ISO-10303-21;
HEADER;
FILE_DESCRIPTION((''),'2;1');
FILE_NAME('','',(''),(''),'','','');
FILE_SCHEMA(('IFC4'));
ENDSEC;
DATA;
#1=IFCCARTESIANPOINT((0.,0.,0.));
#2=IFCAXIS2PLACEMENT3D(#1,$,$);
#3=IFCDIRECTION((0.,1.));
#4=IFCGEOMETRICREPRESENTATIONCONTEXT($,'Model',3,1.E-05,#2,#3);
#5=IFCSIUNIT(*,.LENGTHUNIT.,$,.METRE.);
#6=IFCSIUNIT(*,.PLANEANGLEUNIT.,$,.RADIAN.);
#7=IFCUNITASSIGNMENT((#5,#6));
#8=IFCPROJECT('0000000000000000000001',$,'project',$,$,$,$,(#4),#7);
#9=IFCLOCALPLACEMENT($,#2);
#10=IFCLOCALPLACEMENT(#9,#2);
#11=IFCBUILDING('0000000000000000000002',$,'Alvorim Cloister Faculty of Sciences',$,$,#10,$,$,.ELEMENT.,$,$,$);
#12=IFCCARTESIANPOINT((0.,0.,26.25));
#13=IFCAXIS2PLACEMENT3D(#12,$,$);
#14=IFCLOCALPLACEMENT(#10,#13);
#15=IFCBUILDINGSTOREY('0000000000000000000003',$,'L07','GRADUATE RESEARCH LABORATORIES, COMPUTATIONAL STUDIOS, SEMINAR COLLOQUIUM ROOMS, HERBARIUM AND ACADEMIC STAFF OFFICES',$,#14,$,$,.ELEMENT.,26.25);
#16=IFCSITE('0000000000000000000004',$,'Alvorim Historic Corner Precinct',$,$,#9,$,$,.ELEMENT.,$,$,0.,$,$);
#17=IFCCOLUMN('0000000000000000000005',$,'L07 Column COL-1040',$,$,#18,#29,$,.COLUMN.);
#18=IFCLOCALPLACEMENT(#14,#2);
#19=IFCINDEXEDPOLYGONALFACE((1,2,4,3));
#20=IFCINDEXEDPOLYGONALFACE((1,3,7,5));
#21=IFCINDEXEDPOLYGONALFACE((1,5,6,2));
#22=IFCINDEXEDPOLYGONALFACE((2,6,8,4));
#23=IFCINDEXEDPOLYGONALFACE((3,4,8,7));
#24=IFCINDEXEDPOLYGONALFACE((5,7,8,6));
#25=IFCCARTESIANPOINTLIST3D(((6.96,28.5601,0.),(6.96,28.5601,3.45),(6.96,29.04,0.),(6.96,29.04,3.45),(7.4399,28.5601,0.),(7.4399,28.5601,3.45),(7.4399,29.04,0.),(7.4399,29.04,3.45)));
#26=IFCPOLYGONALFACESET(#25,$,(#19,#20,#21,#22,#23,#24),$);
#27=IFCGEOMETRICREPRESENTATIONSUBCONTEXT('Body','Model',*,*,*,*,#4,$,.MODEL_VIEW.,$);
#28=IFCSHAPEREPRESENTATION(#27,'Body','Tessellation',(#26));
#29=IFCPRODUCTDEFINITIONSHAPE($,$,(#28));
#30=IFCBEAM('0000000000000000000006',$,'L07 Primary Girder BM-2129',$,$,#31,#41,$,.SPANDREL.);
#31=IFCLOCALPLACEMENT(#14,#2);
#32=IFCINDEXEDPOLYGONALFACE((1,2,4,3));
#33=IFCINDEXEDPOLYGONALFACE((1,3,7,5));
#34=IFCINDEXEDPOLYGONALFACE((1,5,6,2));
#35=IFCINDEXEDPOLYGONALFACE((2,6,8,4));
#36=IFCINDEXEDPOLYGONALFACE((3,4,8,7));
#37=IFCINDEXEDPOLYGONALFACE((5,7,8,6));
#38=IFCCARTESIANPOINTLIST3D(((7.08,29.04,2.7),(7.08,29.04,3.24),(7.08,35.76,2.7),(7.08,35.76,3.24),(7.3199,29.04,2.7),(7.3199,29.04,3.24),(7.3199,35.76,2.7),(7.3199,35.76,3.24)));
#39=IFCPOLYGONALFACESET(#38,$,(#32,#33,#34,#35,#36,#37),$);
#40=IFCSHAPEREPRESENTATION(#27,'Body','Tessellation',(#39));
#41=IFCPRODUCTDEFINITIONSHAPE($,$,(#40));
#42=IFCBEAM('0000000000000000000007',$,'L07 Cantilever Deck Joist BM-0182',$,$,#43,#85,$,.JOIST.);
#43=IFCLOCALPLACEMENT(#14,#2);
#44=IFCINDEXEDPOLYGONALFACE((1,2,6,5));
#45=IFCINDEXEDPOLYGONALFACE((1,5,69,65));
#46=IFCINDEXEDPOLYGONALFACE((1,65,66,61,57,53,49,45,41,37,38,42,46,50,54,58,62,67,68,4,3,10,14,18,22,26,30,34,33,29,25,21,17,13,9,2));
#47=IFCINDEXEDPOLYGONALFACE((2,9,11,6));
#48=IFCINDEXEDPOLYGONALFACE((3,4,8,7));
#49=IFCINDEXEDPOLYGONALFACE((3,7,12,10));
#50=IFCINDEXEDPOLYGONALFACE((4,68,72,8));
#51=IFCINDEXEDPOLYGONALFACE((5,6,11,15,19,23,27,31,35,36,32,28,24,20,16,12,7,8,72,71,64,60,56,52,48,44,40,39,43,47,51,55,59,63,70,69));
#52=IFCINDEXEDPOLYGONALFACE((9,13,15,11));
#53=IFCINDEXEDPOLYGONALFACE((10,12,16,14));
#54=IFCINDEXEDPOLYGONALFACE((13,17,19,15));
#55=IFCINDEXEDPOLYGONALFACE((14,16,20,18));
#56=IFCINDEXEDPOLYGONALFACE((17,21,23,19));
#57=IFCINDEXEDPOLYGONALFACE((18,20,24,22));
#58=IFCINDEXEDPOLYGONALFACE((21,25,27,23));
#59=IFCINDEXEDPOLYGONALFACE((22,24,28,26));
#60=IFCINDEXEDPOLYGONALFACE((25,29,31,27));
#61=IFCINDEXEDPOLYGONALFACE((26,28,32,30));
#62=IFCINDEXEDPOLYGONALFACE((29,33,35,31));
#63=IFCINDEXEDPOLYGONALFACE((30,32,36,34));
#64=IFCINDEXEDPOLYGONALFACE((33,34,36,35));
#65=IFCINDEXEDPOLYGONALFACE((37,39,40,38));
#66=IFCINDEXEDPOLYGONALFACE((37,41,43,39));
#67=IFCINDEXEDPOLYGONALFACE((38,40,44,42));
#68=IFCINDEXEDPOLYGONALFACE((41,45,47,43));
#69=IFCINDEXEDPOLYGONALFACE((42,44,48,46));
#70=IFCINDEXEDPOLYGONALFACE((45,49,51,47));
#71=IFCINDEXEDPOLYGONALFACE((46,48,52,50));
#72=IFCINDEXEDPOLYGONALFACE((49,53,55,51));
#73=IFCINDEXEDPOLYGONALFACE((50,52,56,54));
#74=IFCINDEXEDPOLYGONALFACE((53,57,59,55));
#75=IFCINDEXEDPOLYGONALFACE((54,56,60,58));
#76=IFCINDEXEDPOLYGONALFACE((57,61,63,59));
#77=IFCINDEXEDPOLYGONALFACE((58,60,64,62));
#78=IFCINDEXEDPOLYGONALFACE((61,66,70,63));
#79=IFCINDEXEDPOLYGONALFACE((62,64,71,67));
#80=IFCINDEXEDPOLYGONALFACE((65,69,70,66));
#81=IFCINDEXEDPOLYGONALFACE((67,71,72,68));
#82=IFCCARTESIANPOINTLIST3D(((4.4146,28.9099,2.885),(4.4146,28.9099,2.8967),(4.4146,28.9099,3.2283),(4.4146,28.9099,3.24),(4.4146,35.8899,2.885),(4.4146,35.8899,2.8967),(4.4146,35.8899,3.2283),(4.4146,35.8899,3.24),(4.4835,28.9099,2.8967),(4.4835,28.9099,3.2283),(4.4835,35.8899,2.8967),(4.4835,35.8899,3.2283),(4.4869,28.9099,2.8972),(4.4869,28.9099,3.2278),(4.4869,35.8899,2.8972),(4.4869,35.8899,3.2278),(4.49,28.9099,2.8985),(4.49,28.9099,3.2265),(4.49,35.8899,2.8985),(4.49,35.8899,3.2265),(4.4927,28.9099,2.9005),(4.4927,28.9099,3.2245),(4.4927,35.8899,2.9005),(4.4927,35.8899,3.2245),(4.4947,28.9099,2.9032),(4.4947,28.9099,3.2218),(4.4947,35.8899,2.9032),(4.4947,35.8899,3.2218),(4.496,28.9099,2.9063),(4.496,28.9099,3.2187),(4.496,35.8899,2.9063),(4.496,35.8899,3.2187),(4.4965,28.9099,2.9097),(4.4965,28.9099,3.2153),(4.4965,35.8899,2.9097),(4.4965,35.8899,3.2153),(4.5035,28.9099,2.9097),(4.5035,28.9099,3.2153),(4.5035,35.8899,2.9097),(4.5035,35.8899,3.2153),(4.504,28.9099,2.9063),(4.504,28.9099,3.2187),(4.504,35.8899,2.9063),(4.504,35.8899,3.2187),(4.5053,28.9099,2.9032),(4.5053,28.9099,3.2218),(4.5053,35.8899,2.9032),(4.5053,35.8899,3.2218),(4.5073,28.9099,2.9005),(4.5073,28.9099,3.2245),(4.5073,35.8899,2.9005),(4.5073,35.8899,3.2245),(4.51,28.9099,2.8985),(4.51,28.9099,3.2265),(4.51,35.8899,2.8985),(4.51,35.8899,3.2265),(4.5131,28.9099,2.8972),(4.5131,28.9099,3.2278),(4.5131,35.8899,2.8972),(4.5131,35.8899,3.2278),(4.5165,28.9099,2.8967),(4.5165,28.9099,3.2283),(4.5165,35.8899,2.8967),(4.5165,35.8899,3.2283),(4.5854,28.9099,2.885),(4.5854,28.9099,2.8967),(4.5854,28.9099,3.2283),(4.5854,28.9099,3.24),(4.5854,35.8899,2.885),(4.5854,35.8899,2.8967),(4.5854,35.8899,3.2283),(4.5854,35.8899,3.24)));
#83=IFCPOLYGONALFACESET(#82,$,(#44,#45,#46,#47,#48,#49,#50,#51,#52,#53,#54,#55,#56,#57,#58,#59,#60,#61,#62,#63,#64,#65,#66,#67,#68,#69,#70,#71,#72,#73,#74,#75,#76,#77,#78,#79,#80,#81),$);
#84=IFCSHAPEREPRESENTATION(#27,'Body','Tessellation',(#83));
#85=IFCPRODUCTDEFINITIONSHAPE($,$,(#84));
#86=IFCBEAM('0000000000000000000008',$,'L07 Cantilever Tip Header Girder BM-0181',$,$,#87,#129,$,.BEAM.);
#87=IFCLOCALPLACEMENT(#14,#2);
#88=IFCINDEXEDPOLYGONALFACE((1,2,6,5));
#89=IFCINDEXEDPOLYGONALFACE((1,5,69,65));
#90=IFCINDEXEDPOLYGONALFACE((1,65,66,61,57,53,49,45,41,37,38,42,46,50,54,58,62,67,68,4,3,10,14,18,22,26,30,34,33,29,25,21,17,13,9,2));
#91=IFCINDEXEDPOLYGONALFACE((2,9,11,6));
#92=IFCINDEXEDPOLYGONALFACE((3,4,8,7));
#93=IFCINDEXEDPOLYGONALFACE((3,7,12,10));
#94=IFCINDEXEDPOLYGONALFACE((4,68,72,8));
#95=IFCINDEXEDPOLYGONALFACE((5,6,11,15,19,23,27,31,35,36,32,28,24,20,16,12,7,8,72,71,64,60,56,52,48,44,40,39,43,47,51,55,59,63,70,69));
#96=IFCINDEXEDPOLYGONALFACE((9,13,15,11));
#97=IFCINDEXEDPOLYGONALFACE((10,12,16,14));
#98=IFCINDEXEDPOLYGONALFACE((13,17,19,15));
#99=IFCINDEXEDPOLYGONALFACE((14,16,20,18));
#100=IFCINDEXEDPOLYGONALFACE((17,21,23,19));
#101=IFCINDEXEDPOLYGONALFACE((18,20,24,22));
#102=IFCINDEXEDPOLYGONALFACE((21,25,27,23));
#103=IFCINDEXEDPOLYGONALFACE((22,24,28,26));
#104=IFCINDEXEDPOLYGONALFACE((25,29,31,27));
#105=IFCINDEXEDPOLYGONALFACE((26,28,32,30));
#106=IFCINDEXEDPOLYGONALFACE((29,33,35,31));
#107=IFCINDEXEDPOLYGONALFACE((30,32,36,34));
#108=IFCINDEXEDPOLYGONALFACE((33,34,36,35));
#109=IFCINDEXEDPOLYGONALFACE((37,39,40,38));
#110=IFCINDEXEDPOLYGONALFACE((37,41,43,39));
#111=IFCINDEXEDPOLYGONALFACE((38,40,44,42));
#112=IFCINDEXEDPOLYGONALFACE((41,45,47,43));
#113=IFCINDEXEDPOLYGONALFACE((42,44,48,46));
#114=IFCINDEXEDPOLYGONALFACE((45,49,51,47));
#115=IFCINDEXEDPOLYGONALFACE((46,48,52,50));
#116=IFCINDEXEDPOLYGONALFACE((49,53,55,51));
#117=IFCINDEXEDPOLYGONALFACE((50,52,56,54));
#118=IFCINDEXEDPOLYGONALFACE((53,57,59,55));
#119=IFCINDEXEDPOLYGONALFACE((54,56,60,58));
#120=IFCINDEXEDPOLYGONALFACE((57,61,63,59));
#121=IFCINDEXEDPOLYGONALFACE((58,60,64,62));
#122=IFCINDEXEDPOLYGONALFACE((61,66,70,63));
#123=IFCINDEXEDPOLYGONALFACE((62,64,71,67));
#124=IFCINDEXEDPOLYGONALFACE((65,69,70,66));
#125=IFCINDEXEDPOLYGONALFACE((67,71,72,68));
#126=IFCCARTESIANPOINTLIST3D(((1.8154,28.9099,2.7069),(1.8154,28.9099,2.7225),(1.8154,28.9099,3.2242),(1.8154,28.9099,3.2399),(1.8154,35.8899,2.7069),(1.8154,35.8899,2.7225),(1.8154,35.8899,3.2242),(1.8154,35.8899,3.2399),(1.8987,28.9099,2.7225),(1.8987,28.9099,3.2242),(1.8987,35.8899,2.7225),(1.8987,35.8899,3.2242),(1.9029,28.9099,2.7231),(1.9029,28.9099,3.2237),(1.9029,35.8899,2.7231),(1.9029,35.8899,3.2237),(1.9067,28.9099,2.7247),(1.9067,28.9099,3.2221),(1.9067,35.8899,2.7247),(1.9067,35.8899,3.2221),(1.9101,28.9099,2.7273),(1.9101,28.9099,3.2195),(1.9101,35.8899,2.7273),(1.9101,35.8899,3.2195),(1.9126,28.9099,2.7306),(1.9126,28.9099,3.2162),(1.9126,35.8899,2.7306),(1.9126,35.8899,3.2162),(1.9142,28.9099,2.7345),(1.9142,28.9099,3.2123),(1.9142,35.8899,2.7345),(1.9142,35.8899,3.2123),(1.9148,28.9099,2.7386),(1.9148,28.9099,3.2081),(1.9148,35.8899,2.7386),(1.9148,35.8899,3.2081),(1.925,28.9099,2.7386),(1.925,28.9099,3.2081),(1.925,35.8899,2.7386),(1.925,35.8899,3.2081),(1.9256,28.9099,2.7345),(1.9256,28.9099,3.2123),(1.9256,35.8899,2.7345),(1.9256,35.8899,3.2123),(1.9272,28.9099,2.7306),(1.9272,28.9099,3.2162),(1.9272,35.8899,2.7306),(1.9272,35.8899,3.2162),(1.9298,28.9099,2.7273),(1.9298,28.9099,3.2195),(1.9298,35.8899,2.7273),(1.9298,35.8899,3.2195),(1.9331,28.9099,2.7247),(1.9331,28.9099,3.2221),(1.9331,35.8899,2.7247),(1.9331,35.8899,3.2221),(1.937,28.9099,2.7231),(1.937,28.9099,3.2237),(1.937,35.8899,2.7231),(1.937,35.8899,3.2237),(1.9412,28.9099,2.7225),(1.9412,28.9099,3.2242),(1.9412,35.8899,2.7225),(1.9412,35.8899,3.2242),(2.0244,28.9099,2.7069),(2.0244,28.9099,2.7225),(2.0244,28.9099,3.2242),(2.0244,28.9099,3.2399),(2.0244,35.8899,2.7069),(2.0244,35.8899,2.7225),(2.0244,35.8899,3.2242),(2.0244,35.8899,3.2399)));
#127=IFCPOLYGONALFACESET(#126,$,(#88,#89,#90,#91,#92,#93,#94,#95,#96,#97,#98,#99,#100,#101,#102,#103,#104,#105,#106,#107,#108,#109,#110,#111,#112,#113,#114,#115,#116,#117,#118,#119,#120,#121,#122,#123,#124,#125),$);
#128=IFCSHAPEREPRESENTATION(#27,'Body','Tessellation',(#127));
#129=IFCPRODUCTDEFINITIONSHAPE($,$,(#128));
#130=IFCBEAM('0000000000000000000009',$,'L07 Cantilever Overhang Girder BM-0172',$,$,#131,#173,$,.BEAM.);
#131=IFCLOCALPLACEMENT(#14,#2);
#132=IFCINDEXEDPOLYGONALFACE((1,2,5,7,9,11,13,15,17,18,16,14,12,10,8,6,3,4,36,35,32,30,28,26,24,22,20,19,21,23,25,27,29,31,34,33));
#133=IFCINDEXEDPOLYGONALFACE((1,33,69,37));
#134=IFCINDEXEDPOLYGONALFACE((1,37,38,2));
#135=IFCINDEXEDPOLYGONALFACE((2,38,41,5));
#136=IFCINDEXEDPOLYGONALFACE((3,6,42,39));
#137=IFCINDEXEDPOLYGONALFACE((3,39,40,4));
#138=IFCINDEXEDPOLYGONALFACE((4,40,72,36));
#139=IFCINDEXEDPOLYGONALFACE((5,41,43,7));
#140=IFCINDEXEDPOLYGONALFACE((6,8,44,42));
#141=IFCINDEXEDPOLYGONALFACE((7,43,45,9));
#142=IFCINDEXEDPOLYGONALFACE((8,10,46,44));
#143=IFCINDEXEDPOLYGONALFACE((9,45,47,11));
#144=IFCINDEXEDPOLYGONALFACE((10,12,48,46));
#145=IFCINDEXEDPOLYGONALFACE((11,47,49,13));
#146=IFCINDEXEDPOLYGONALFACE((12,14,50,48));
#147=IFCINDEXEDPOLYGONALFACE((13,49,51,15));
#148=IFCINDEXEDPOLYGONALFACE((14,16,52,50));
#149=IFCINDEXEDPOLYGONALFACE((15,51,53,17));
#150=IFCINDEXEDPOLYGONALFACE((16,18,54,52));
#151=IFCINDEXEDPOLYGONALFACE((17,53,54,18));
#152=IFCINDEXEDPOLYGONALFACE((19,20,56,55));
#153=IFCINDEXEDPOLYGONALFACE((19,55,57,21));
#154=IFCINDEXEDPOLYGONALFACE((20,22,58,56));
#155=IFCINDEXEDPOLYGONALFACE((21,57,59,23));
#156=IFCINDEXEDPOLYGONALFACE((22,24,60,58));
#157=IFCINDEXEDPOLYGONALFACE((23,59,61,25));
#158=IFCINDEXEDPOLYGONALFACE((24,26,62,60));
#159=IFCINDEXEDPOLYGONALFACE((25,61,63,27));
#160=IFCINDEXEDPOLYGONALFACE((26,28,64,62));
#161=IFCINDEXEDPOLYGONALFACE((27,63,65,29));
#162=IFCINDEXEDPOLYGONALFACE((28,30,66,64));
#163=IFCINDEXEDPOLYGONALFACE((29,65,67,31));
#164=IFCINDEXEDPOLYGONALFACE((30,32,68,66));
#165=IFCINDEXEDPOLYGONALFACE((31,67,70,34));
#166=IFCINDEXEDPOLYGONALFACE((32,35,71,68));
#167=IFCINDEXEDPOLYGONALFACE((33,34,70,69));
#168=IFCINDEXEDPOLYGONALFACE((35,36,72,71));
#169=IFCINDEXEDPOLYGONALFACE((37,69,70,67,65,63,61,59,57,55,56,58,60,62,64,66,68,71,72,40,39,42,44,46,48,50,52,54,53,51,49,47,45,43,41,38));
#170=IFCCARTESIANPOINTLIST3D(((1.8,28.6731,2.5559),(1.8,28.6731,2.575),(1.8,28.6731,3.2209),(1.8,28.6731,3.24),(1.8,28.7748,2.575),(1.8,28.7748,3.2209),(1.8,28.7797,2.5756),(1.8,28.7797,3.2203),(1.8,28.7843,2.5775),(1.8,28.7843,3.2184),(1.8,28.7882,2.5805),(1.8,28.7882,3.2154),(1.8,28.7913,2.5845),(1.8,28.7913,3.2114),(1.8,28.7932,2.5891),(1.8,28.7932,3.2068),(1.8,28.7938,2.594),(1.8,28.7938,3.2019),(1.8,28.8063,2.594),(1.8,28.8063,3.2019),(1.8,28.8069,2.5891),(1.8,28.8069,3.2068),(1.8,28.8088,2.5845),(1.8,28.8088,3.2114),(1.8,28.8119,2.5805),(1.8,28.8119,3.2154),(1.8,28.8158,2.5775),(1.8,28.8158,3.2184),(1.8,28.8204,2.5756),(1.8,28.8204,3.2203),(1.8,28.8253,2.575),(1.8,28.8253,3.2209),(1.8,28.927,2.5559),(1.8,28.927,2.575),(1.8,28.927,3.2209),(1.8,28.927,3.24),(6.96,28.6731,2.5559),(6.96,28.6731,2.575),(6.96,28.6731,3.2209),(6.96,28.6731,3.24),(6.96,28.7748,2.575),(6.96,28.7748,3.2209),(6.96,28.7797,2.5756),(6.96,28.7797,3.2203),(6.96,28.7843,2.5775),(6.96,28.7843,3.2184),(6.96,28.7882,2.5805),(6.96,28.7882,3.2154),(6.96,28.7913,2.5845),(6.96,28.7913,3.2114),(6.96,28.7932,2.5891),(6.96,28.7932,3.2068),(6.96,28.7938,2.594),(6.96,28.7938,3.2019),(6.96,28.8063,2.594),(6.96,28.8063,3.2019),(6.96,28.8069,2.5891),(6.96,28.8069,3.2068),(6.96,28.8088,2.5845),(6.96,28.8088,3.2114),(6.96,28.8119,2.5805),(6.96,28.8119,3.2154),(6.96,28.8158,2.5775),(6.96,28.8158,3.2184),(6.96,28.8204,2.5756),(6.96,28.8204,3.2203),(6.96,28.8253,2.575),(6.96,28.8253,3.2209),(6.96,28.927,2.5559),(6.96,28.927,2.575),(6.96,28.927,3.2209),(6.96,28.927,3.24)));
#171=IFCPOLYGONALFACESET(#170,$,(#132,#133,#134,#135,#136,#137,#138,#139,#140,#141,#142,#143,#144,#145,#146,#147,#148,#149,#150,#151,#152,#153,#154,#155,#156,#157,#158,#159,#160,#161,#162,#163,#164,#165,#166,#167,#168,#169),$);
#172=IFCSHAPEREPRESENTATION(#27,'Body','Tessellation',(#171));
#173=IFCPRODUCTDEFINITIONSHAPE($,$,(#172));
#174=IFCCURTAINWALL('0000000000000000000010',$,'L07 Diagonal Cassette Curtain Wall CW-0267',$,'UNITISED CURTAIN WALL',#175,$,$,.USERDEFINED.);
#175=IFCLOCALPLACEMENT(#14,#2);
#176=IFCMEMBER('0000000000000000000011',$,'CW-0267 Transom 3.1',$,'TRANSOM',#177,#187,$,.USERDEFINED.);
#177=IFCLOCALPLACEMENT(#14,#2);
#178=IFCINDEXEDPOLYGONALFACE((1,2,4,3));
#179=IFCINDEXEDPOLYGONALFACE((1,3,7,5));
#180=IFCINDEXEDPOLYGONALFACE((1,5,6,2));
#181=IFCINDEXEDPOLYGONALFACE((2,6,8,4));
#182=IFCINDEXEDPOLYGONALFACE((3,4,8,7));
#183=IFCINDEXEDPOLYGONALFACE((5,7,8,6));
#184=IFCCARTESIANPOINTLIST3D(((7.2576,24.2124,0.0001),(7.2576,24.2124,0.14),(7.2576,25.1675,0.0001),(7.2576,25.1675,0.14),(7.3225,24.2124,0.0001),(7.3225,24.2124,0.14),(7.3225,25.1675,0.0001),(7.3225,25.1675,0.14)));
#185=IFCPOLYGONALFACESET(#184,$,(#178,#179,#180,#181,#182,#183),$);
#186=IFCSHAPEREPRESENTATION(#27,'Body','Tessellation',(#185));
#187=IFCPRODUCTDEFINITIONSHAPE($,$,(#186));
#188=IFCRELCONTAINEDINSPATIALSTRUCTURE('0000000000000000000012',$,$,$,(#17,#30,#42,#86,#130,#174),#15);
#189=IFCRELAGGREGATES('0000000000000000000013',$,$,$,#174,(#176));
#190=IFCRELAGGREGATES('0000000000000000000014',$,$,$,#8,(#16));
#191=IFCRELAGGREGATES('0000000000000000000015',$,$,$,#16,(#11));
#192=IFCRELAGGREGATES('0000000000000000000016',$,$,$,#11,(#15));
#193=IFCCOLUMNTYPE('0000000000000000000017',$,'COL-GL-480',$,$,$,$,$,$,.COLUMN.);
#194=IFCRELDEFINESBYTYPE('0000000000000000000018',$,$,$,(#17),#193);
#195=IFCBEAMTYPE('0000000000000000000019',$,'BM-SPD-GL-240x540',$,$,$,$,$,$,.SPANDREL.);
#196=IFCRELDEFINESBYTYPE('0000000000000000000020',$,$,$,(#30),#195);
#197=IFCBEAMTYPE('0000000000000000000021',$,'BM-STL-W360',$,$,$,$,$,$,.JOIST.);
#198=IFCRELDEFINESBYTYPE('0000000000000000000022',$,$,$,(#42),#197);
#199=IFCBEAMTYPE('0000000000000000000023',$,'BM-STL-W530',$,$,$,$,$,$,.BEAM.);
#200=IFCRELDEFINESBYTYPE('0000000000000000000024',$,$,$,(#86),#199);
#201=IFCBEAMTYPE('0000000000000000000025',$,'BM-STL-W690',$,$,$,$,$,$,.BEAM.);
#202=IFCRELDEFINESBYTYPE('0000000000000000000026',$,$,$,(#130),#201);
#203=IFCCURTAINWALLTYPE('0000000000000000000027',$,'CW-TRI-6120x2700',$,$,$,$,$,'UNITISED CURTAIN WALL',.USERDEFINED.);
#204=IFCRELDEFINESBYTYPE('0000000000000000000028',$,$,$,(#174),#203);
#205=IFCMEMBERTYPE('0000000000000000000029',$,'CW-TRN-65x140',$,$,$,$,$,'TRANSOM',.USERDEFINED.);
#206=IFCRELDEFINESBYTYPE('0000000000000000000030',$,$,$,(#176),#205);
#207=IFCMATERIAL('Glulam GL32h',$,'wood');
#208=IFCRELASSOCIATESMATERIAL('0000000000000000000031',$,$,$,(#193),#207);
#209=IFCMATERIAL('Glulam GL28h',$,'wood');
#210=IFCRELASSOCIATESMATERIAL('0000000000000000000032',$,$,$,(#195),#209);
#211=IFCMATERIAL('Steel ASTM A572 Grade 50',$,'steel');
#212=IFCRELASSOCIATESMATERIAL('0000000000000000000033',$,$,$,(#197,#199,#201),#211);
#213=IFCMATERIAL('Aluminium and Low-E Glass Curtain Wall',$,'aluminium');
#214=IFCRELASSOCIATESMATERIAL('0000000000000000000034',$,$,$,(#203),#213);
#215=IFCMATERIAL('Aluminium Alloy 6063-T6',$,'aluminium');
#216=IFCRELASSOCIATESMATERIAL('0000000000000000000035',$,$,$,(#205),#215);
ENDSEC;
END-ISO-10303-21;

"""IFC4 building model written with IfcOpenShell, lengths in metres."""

from ifc_helpers import new_model, si_unit, direction, frame, origin, origin_2d, place, context, subcontext, project, spatial, rectangle, i_section, extrude, material, material_profile, profile_set, type_object, element, aggregate, save


model = new_model("IFC4")

# Units and contexts
model_context = context("Model", 3, precision=1e-05, world=origin(), true_north=direction((0.0, 1.0)))
body_context = subcontext(model_context, "Body", "Model", "MODEL_VIEW")
ifc_project = project(units=[si_unit("LENGTHUNIT", "METRE"), si_unit("PLANEANGLEUNIT", "RADIAN")], contexts=[model_context])

# Site, building, storey
site_placement = place(None, origin())
site = spatial("IfcSite", under=ifc_project, at=site_placement, Name="Alvorim Historic Corner Precinct", CompositionType="ELEMENT", RefElevation=0.0)
building_placement = place(site_placement, origin())
building = spatial("IfcBuilding", under=site, at=building_placement, Name="Alvorim Cloister Faculty of Sciences", CompositionType="ELEMENT")
storey_placement = place(building_placement, frame((0.0, 0.0, 26.25)))
storey = spatial("IfcBuildingStorey", under=building, at=storey_placement, Name="L07", Description="GRADUATE RESEARCH LABORATORIES, COMPUTATIONAL STUDIOS, SEMINAR COLLOQUIUM ROOMS, HERBARIUM AND ACADEMIC STAFF OFFICES", CompositionType="ELEMENT", Elevation=26.25)

# Column
ifc_material_1 = material(Name="Glulam GL32h", Category="wood")
ifc_material_profile_1 = material_profile(ifc_material_1, rectangle(XDim=0.48, YDim=0.48, at=origin_2d()), Name="GL32-COL-480x480")
ifc_profile_set_1 = profile_set([ifc_material_profile_1], Name="Glulam GL32h")
column_type = type_object("IfcColumnType", Name="COL-GL-480", PredefinedType="COLUMN", material=ifc_profile_set_1)
column_placement = place(storey_placement, frame((7.2, 28.8, 0.0), z_axis=(0.0, 0.0, 1.0), x_axis=(1.0, 0.0, 0.0)))
element("IfcColumn", 1, at=column_placement, inside=storey, type_object=column_type, Name="L07 Column COL-1040", PredefinedType="COLUMN", context=body_context, shape_type="SweptSolid", body=[
    extrude(rectangle(XDim=0.48, YDim=0.48, at=origin_2d()), origin(), (0.0, 0.0, 1.0), 3.45),
])

# Beams
ifc_material_2 = material(Name="Glulam GL28h", Category="wood")
ifc_material_profile_2 = material_profile(ifc_material_2, rectangle(XDim=0.24, YDim=0.54, at=origin_2d()), Name="GL28-SPD-240x540")
ifc_profile_set_2 = profile_set([ifc_material_profile_2], Name="Glulam GL28h")
beam_type_1 = type_object("IfcBeamType", Name="BM-SPD-GL-240x540", PredefinedType="SPANDREL", material=ifc_profile_set_2)
beam_1_placement = place(storey_placement, frame((7.2, 29.04, 2.97), z_axis=(0.0, 1.0, 0.0), x_axis=(-1.0, 0.0, 0.0)))
element("IfcBeam", 2, at=beam_1_placement, inside=storey, type_object=beam_type_1, Name="L07 Primary Girder BM-2129", PredefinedType="SPANDREL", context=body_context, shape_type="SweptSolid", body=[
    extrude(rectangle(XDim=0.24, YDim=0.54, at=origin_2d()), origin(), (0.0, 0.0, 1.0), 6.72),
])
ifc_material_3 = material(Name="Steel ASTM A572 Grade 50", Category="steel")
ifc_material_profile_3 = material_profile(ifc_material_3, i_section(OverallWidth=0.1709, OverallDepth=0.355, WebThickness=0.0071, FlangeThickness=0.0117, FilletRadius=0.0129, at=origin_2d()), Name="W360x51.0")
ifc_profile_set_3 = profile_set([ifc_material_profile_3], Name="Steel ASTM A572 Grade 50")
beam_type_2 = type_object("IfcBeamType", Name="BM-STL-W360", PredefinedType="JOIST", material=ifc_profile_set_3)
beam_2_placement = place(storey_placement, frame((4.5, 28.9099, 3.0625), z_axis=(0.0, 1.0, 0.0), x_axis=(-1.0, 0.0, 0.0)))
element("IfcBeam", 3, at=beam_2_placement, inside=storey, type_object=beam_type_2, Name="L07 Cantilever Deck Joist BM-0182", PredefinedType="JOIST", context=body_context, shape_type="SweptSolid", body=[
    extrude(i_section(OverallWidth=0.1709, OverallDepth=0.355, WebThickness=0.0071, FlangeThickness=0.0117, FilletRadius=0.0129, at=origin_2d()), origin(), (0.0, 0.0, 1.0), 6.98),
])
ifc_material_profile_4 = material_profile(ifc_material_3, i_section(OverallWidth=0.209, OverallDepth=0.533, WebThickness=0.0103, FlangeThickness=0.0156, FilletRadius=0.0161, at=origin_2d()), Name="W530x92.0")
ifc_profile_set_4 = profile_set([ifc_material_profile_4], Name="Steel ASTM A572 Grade 50")
beam_type_3 = type_object("IfcBeamType", Name="BM-STL-W530", PredefinedType="BEAM", material=ifc_profile_set_4)
beam_3_placement = place(storey_placement, frame((1.9199, 28.9099, 2.9734), z_axis=(0.0, 1.0, 0.0), x_axis=(-1.0, 0.0, 0.0)))
element("IfcBeam", 4, at=beam_3_placement, inside=storey, type_object=beam_type_3, Name="L07 Cantilever Tip Header Girder BM-0181", PredefinedType="BEAM", context=body_context, shape_type="SweptSolid", body=[
    extrude(i_section(OverallWidth=0.209, OverallDepth=0.533, WebThickness=0.0103, FlangeThickness=0.0156, FilletRadius=0.0161, at=origin_2d()), origin(), (0.0, 0.0, 1.0), 6.98),
])
ifc_material_profile_5 = material_profile(ifc_material_3, i_section(OverallWidth=0.2539, OverallDepth=0.6841, WebThickness=0.0125, FlangeThickness=0.019, FilletRadius=0.019, at=origin_2d()), Name="W690x140.0")
ifc_profile_set_5 = profile_set([ifc_material_profile_5], Name="Steel ASTM A572 Grade 50")
beam_type_4 = type_object("IfcBeamType", Name="BM-STL-W690", PredefinedType="BEAM", material=ifc_profile_set_5)
beam_4_placement = place(storey_placement, frame((1.8, 28.8, 2.8979), z_axis=(1.0, 0.0, 0.0), x_axis=(0.0, 1.0, 0.0)))
element("IfcBeam", 5, at=beam_4_placement, inside=storey, type_object=beam_type_4, Name="L07 Cantilever Overhang Girder BM-0172", PredefinedType="BEAM", context=body_context, shape_type="SweptSolid", body=[
    extrude(i_section(OverallWidth=0.2539, OverallDepth=0.6841, WebThickness=0.0125, FlangeThickness=0.019, FilletRadius=0.019, at=origin_2d()), origin(), (0.0, 0.0, 1.0), 5.1599),
])

# Curtain wall, member
ifc_material_4 = material(Name="Aluminium and Low-E Glass Curtain Wall", Category="aluminium")
curtain_wall_type = type_object("IfcCurtainWallType", Name="CW-TRI-6120x2700", ElementType="UNITISED CURTAIN WALL", PredefinedType="USERDEFINED", material=ifc_material_4)
curtain_wall_1_placement = place(storey_placement, origin())
curtain_wall_1 = element("IfcCurtainWall", 6, at=curtain_wall_1_placement, inside=storey, type_object=curtain_wall_type, Name="L07 Diagonal Cassette Curtain Wall CW-0267", ObjectType="UNITISED CURTAIN WALL", PredefinedType="USERDEFINED")
ifc_material_5 = material(Name="Aluminium Alloy 6063-T6", Category="aluminium")
ifc_material_profile_6 = material_profile(ifc_material_5, rectangle(XDim=0.0649, YDim=0.1399, at=origin_2d()), Name="ALU-TRN-65x140")
ifc_profile_set_6 = profile_set([ifc_material_profile_6], Name="Aluminium Alloy 6063-T6")
member_type_1 = type_object("IfcMemberType", Name="CW-TRN-65x140", ElementType="TRANSOM", PredefinedType="USERDEFINED", material=ifc_profile_set_6)
member_1_placement = place(storey_placement, frame((7.29, 24.2124, 0.0701), z_axis=(0.0, 1.0, 0.0), x_axis=(-1.0, 0.0, 0.0)))
member_1 = element("IfcMember", 7, at=member_1_placement, type_object=member_type_1, Name="CW-0267 Transom 3.1", ObjectType="TRANSOM", PredefinedType="USERDEFINED", context=body_context, shape_type="SweptSolid", body=[
    extrude(rectangle(XDim=0.0649, YDim=0.1399, at=origin_2d()), origin(), (0.0, 0.0, 1.0), 0.9551),
])

aggregate(curtain_wall_1, [member_1])

save(model, "model.ifc")
